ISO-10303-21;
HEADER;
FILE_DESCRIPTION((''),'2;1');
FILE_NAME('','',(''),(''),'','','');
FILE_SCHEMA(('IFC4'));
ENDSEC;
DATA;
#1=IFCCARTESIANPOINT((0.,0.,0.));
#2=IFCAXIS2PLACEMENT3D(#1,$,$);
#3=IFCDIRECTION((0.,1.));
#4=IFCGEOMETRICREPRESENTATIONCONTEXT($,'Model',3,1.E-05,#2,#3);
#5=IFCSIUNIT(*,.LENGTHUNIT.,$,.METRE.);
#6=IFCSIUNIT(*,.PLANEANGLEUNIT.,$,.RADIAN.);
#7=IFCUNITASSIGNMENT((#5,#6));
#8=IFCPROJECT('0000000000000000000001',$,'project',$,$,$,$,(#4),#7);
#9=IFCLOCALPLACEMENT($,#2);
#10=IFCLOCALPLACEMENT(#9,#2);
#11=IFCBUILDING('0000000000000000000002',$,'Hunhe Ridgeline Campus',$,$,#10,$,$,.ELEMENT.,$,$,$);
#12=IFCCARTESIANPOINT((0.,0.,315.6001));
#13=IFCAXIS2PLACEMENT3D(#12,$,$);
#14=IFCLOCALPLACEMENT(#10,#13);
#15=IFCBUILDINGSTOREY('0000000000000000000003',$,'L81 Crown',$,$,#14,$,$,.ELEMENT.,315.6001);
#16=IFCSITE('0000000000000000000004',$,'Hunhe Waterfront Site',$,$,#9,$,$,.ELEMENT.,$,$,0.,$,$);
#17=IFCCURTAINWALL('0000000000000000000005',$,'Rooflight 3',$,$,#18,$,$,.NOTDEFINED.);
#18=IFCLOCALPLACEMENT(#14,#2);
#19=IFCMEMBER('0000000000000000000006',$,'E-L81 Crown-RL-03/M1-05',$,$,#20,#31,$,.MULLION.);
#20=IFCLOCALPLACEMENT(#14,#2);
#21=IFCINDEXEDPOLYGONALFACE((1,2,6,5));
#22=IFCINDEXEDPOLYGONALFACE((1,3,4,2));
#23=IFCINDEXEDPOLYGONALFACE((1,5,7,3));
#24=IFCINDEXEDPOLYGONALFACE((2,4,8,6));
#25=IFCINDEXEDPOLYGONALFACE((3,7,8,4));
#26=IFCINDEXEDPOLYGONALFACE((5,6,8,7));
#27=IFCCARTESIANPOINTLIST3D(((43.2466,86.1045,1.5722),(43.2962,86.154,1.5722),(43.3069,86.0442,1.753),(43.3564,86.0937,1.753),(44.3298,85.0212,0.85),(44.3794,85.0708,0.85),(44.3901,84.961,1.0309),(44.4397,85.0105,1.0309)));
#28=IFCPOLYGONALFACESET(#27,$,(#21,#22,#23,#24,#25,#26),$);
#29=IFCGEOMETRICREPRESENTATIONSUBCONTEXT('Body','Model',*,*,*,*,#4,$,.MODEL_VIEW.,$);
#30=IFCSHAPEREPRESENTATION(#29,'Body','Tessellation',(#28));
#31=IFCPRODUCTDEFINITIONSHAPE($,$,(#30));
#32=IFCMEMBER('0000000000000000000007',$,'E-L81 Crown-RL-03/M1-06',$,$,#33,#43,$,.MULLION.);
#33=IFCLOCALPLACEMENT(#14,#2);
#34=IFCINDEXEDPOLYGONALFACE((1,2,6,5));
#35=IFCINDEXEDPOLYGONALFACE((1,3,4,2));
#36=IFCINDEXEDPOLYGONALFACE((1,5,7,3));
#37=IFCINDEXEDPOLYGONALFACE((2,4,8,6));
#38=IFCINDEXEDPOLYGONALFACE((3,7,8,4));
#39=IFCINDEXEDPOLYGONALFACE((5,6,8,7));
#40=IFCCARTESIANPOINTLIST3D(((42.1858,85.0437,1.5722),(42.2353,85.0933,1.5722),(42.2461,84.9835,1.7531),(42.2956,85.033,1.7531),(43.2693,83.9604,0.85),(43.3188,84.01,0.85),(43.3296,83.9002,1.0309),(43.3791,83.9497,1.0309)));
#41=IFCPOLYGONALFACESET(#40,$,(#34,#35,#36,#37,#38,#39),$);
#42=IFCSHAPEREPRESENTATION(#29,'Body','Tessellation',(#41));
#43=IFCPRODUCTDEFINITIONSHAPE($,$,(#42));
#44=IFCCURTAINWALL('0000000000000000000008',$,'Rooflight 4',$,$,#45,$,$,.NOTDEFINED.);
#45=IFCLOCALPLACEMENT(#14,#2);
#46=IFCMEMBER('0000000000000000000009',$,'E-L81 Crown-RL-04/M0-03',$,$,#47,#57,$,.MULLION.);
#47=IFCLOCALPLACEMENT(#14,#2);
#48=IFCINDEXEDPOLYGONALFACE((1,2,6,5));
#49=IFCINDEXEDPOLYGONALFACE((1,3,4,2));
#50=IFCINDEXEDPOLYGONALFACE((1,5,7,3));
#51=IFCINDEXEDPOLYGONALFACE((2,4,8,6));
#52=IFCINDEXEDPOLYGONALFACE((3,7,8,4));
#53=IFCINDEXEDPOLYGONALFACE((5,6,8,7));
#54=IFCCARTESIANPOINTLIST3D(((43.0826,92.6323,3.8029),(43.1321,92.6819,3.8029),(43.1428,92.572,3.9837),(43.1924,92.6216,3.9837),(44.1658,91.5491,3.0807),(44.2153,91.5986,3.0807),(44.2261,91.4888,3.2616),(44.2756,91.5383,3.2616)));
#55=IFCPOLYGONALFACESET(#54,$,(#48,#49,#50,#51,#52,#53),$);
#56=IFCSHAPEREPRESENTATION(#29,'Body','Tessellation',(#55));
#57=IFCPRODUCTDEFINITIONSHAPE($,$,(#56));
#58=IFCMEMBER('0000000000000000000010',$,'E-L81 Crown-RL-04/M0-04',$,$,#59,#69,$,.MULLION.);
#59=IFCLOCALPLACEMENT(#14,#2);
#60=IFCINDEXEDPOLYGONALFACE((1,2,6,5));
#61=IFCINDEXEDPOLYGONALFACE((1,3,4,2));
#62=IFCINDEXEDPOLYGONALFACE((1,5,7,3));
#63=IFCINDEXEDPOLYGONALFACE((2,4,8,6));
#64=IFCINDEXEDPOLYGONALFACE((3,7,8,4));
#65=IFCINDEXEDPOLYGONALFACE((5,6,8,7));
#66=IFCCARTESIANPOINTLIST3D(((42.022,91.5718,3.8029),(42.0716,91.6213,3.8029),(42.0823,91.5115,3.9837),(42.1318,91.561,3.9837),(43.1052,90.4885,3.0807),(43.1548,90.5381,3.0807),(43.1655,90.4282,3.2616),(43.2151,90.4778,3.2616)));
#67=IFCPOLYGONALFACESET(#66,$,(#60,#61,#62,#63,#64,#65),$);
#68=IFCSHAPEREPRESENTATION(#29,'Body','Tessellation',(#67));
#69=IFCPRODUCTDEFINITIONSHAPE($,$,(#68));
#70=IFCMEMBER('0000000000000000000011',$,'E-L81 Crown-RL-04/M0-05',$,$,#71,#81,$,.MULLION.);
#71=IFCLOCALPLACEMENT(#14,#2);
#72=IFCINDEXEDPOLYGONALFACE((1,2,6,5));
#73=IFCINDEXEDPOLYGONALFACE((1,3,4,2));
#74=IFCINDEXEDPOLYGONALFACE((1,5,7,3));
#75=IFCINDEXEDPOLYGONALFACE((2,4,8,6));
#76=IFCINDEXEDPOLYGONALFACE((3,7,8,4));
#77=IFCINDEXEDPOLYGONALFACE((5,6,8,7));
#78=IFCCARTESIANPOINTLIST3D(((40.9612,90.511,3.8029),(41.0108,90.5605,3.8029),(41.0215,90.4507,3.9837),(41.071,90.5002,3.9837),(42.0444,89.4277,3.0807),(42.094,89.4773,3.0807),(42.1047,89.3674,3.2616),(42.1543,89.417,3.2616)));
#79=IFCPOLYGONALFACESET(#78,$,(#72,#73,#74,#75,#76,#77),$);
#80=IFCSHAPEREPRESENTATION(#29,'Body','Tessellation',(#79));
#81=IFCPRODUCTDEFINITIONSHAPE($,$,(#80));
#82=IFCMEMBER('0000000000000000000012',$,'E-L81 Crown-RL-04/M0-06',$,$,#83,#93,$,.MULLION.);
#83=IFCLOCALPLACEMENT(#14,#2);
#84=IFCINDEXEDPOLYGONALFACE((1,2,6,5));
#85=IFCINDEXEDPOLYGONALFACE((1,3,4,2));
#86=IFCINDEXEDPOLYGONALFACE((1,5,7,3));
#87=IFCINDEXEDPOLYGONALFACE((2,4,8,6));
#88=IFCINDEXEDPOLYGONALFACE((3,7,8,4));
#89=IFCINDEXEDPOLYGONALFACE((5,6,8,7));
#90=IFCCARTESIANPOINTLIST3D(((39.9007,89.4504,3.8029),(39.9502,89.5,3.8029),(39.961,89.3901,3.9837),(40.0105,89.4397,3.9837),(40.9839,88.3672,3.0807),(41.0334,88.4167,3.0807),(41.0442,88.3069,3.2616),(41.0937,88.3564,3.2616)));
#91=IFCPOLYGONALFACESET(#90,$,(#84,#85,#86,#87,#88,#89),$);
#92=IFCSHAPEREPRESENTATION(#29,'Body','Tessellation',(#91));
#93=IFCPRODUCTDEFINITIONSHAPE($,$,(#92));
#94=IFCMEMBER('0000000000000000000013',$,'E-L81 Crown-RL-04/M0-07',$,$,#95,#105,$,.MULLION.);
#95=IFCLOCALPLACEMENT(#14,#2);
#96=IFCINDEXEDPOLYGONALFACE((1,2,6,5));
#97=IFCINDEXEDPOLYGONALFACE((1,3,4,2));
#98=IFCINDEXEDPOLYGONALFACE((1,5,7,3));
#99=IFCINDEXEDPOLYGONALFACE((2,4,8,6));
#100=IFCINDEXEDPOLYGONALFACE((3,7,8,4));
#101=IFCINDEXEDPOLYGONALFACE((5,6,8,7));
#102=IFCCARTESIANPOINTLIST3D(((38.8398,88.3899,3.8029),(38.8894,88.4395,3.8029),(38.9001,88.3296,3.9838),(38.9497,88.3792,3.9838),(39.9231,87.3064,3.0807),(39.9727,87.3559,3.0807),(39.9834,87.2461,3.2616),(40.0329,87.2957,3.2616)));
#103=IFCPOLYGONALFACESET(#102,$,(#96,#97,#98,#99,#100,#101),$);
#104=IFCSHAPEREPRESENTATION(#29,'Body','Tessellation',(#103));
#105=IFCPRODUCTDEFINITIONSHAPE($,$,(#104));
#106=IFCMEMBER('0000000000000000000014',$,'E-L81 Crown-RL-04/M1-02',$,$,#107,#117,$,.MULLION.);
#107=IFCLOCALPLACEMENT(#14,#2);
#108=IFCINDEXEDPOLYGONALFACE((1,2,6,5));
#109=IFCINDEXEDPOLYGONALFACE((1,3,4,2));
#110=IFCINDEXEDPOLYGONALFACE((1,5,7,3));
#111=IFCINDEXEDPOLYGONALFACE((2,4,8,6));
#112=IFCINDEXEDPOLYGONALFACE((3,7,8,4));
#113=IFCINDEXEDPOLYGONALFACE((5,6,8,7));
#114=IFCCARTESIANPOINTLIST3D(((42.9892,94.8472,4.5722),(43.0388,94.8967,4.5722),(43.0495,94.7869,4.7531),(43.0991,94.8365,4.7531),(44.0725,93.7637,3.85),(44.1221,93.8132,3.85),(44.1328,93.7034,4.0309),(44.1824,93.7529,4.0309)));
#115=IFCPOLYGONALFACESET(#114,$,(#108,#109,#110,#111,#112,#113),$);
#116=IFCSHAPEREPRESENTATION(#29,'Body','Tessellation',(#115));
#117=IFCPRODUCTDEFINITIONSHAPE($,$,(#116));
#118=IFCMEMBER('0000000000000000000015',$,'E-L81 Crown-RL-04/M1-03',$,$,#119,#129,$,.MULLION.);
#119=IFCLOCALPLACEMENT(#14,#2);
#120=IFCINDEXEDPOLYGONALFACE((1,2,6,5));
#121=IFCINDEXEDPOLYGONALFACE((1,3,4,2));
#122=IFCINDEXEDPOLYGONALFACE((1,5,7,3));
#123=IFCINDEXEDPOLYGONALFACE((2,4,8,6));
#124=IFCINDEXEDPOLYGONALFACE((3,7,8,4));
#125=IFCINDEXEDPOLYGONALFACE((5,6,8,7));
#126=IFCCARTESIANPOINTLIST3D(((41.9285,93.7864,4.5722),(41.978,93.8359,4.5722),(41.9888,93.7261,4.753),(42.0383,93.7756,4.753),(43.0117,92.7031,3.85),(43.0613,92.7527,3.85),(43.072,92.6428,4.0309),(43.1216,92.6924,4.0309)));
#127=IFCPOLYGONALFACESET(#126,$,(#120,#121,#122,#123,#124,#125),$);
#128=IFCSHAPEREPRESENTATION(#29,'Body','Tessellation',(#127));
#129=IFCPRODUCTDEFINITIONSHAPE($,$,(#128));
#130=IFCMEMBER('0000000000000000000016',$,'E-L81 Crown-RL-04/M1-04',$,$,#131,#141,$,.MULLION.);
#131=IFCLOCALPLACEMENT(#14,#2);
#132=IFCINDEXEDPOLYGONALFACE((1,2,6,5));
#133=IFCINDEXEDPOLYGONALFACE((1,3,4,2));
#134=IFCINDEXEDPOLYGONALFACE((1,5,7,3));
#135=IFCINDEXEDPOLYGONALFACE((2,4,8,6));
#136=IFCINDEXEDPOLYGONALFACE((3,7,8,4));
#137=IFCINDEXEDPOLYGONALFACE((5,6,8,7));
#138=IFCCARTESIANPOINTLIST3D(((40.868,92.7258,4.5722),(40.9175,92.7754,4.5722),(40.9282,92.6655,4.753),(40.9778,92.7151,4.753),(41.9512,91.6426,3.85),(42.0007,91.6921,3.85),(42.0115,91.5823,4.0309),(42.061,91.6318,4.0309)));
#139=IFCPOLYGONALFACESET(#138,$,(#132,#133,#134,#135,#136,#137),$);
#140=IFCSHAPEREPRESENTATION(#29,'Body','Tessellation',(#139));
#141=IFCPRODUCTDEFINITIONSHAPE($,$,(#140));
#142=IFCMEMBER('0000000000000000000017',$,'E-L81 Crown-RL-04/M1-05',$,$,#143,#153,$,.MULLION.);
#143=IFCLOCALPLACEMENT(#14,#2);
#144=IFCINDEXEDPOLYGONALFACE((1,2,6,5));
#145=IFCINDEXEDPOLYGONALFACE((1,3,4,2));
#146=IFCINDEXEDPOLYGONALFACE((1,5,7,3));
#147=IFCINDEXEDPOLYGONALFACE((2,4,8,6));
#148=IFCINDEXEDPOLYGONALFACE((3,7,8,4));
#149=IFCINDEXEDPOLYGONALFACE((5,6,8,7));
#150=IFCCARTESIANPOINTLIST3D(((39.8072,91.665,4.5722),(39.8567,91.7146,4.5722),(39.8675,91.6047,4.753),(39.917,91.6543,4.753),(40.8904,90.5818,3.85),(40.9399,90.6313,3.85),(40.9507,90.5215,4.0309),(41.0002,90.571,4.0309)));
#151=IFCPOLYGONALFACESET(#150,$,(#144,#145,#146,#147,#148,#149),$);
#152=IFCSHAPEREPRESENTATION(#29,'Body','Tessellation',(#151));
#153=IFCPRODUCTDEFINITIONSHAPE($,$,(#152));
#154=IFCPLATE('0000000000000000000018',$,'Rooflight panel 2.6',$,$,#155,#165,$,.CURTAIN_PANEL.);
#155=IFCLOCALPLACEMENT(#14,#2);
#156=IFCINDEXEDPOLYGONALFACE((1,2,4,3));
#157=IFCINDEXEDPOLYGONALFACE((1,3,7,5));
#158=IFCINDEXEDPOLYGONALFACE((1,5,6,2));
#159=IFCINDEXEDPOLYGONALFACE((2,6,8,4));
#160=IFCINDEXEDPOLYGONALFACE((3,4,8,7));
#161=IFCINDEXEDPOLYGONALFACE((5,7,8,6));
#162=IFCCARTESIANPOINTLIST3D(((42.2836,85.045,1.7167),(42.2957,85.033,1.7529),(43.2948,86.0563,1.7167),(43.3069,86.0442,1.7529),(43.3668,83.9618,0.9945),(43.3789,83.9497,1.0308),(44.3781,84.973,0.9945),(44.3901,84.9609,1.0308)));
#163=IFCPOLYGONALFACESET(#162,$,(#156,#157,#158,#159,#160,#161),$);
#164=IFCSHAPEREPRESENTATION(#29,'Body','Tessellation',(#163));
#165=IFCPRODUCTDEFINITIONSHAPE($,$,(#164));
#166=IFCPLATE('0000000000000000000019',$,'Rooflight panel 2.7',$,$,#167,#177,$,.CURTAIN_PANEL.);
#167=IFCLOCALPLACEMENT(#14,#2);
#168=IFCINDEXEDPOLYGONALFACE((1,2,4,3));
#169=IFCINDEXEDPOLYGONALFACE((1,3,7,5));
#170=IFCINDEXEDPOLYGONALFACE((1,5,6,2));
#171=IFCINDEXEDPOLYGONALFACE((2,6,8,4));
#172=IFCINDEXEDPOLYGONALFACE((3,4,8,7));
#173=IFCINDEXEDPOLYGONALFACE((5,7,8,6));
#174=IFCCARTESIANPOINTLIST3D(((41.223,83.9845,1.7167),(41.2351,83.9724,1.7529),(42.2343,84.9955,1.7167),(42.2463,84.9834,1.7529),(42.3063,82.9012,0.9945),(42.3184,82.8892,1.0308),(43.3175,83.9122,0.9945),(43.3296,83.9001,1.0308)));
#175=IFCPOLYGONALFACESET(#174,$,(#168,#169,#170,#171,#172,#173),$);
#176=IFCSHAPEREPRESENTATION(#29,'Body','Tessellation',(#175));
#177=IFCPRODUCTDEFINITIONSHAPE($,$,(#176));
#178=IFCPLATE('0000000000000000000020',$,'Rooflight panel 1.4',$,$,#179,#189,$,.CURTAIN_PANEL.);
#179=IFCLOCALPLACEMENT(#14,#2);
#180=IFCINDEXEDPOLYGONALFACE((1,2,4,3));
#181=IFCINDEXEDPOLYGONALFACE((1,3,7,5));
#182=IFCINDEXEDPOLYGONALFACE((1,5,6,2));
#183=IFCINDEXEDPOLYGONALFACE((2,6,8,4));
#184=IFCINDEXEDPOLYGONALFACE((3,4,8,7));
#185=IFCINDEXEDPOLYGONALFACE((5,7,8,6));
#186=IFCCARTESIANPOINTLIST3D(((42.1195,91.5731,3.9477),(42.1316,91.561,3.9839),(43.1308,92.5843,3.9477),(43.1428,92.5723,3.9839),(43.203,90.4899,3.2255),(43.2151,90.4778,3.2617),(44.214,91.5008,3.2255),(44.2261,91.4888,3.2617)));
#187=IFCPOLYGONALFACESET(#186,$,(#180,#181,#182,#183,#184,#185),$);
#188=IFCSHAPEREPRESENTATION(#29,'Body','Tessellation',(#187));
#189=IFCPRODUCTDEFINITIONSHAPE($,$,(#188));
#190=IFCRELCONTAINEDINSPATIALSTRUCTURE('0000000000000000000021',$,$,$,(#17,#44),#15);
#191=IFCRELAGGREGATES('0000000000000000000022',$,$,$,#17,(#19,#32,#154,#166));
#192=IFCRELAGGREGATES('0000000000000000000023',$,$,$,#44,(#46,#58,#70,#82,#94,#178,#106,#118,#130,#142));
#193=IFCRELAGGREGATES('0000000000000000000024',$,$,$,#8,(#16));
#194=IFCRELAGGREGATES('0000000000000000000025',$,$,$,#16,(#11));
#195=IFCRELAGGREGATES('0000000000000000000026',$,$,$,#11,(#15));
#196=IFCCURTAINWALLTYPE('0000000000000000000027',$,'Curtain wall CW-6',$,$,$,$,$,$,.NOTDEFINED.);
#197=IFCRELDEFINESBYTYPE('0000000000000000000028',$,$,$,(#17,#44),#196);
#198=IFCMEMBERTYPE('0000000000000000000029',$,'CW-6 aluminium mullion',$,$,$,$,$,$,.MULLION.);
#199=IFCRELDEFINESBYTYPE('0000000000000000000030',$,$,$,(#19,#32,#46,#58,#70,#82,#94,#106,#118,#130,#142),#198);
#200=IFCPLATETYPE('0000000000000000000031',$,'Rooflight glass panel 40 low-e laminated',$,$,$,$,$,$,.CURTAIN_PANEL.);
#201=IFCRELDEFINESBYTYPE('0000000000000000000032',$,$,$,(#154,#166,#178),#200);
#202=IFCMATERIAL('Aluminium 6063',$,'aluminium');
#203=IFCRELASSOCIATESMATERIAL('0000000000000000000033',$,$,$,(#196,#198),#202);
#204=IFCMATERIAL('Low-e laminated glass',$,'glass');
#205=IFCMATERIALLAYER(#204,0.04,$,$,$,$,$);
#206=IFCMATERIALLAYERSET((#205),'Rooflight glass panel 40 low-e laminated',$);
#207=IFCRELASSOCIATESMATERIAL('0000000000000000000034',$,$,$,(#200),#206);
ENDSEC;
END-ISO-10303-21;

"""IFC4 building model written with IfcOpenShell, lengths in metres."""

from ifc_helpers import new_model, si_unit, direction, frame, origin, origin_2d, place, context, subcontext, project, spatial, polyline, rectangle, outline, extrude, material, layer, layer_set, material_profile, profile_set, type_object, element, aggregate, save


model = new_model("IFC4")

# Units and contexts
model_context = context("Model", 3, precision=1e-05, world=origin(), true_north=direction((0.0, 1.0)))
body_context = subcontext(model_context, "Body", "Model", "MODEL_VIEW")
ifc_project = project(units=[si_unit("LENGTHUNIT", "METRE"), si_unit("PLANEANGLEUNIT", "RADIAN")], contexts=[model_context])

# Site, building, storey
site_placement = place(None, origin())
site = spatial("IfcSite", under=ifc_project, at=site_placement, Name="Hunhe Waterfront Site", CompositionType="ELEMENT", RefElevation=0.0)
building_placement = place(site_placement, origin())
building = spatial("IfcBuilding", under=site, at=building_placement, Name="Hunhe Ridgeline Campus", CompositionType="ELEMENT")
storey_placement = place(building_placement, frame((0.0, 0.0, 315.6001)))
storey = spatial("IfcBuildingStorey", under=building, at=storey_placement, Name="L81 Crown", CompositionType="ELEMENT", Elevation=315.6001)

# Curtain walls, members
ifc_material_1 = material(Name="Aluminium 6063", Category="aluminium")
curtain_wall_type = type_object("IfcCurtainWallType", Name="Curtain wall CW-6", PredefinedType="NOTDEFINED", material=ifc_material_1)
curtain_wall_1_placement = place(storey_placement, origin())
curtain_wall_1 = element("IfcCurtainWall", 1, at=curtain_wall_1_placement, inside=storey, type_object=curtain_wall_type, Name="Rooflight 3", PredefinedType="NOTDEFINED")
ifc_material_profile = material_profile(ifc_material_1, rectangle(XDim=0.0701, YDim=0.2, at=origin_2d()))
ifc_profile_set = profile_set([ifc_material_profile], Name="Aluminium 6063")
member_type = type_object("IfcMemberType", Name="CW-6 aluminium mullion", PredefinedType="MULLION", material=ifc_profile_set)
member_1_placement = place(storey_placement, frame((44.3848, 85.0159, 0.9404), z_axis=(-0.639602, 0.639602, 0.426401), x_axis=(-0.707107, -0.707107, 0.0)))
member_1 = element("IfcMember", 2, at=member_1_placement, type_object=member_type, Name="E-L81 Crown-RL-03/M1-05", PredefinedType="MULLION", context=body_context, shape_type="SweptSolid", body=[
    extrude(rectangle(XDim=0.0701, YDim=0.2, at=origin_2d()), origin(), (0.0, 0.0, 1.0), 1.6936),
])
member_2_placement = place(storey_placement, frame((43.3242, 83.9551, 0.9404), z_axis=(-0.639687, 0.639543, 0.426362), x_axis=(-0.707027, -0.707186, 0.0)))
member_2 = element("IfcMember", 3, at=member_2_placement, type_object=member_type, Name="E-L81 Crown-RL-03/M1-06", PredefinedType="MULLION", context=body_context, shape_type="SweptSolid", body=[
    extrude(rectangle(XDim=0.0701, YDim=0.2, at=origin_2d()), origin(), (0.0, 0.0, 1.0), 1.6938),
])
curtain_wall_2_placement = place(storey_placement, origin())
curtain_wall_2 = element("IfcCurtainWall", 4, at=curtain_wall_2_placement, inside=storey, type_object=curtain_wall_type, Name="Rooflight 4", PredefinedType="NOTDEFINED")
member_3_placement = place(storey_placement, frame((44.2207, 91.5437, 3.1711), z_axis=(-0.639602, 0.639602, 0.426401), x_axis=(-0.707107, -0.707107, 0.0)))
member_3 = element("IfcMember", 5, at=member_3_placement, type_object=member_type, Name="E-L81 Crown-RL-04/M0-03", PredefinedType="MULLION", context=body_context, shape_type="SweptSolid", body=[
    extrude(rectangle(XDim=0.0701, YDim=0.2, at=origin_2d()), origin(), (0.0, 0.0, 1.0), 1.6936),
])
member_4_placement = place(storey_placement, frame((43.1602, 90.4832, 3.1711), z_axis=(-0.639602, 0.639602, 0.426401), x_axis=(-0.707107, -0.707107, 0.0)))
member_4 = element("IfcMember", 6, at=member_4_placement, type_object=member_type, Name="E-L81 Crown-RL-04/M0-04", PredefinedType="MULLION", context=body_context, shape_type="SweptSolid", body=[
    extrude(rectangle(XDim=0.0701, YDim=0.2, at=origin_2d()), origin(), (0.0, 0.0, 1.0), 1.6936),
])
member_5_placement = place(storey_placement, frame((42.0994, 89.4224, 3.1711), z_axis=(-0.639602, 0.639602, 0.426401), x_axis=(-0.707107, -0.707107, 0.0)))
member_5 = element("IfcMember", 7, at=member_5_placement, type_object=member_type, Name="E-L81 Crown-RL-04/M0-05", PredefinedType="MULLION", context=body_context, shape_type="SweptSolid", body=[
    extrude(rectangle(XDim=0.0701, YDim=0.2, at=origin_2d()), origin(), (0.0, 0.0, 1.0), 1.6936),
])
member_6_placement = place(storey_placement, frame((41.0388, 88.3618, 3.1711), z_axis=(-0.639602, 0.639602, 0.426401), x_axis=(-0.707107, -0.707107, 0.0)))
member_6 = element("IfcMember", 8, at=member_6_placement, type_object=member_type, Name="E-L81 Crown-RL-04/M0-06", PredefinedType="MULLION", context=body_context, shape_type="SweptSolid", body=[
    extrude(rectangle(XDim=0.0701, YDim=0.2, at=origin_2d()), origin(), (0.0, 0.0, 1.0), 1.6936),
])
member_7_placement = place(storey_placement, frame((39.978, 87.301, 3.1711), z_axis=(-0.639543, 0.639687, 0.426362), x_axis=(-0.707186, -0.707027, 0.0)))
member_7 = element("IfcMember", 9, at=member_7_placement, type_object=member_type, Name="E-L81 Crown-RL-04/M0-07", PredefinedType="MULLION", context=body_context, shape_type="SweptSolid", body=[
    extrude(rectangle(XDim=0.0701, YDim=0.2, at=origin_2d()), origin(), (0.0, 0.0, 1.0), 1.6938),
])
member_8_placement = place(storey_placement, frame((44.1274, 93.7583, 3.9404), z_axis=(-0.639543, 0.639687, 0.426362), x_axis=(-0.707186, -0.707027, 0.0)))
member_8 = element("IfcMember", 10, at=member_8_placement, type_object=member_type, Name="E-L81 Crown-RL-04/M1-02", PredefinedType="MULLION", context=body_context, shape_type="SweptSolid", body=[
    extrude(rectangle(XDim=0.0701, YDim=0.2, at=origin_2d()), origin(), (0.0, 0.0, 1.0), 1.6938),
])
member_9_placement = place(storey_placement, frame((43.0667, 92.6978, 3.9404), z_axis=(-0.639602, 0.639602, 0.426401), x_axis=(-0.707107, -0.707107, 0.0)))
member_9 = element("IfcMember", 11, at=member_9_placement, type_object=member_type, Name="E-L81 Crown-RL-04/M1-03", PredefinedType="MULLION", context=body_context, shape_type="SweptSolid", body=[
    extrude(rectangle(XDim=0.0701, YDim=0.2, at=origin_2d()), origin(), (0.0, 0.0, 1.0), 1.6936),
])
member_10_placement = place(storey_placement, frame((42.0061, 91.6372, 3.9404), z_axis=(-0.639602, 0.639602, 0.426401), x_axis=(-0.707107, -0.707107, 0.0)))
member_10 = element("IfcMember", 12, at=member_10_placement, type_object=member_type, Name="E-L81 Crown-RL-04/M1-04", PredefinedType="MULLION", context=body_context, shape_type="SweptSolid", body=[
    extrude(rectangle(XDim=0.0701, YDim=0.2, at=origin_2d()), origin(), (0.0, 0.0, 1.0), 1.6936),
])
member_11_placement = place(storey_placement, frame((40.9453, 90.5764, 3.9404), z_axis=(-0.639602, 0.639602, 0.426401), x_axis=(-0.707107, -0.707107, 0.0)))
member_11 = element("IfcMember", 13, at=member_11_placement, type_object=member_type, Name="E-L81 Crown-RL-04/M1-05", PredefinedType="MULLION", context=body_context, shape_type="SweptSolid", body=[
    extrude(rectangle(XDim=0.0701, YDim=0.2, at=origin_2d()), origin(), (0.0, 0.0, 1.0), 1.6936),
])

# Plates
ifc_material_2 = material(Name="Low-e laminated glass", Category="glass")
ifc_layer = layer(ifc_material_2, 0.04)
ifc_layer_set = layer_set([ifc_layer], Name="Rooflight glass panel 40 low-e laminated")
plate_type = type_object("IfcPlateType", Name="Rooflight glass panel 40 low-e laminated", PredefinedType="CURTAIN_PANEL", material=ifc_layer_set)
plate_1_placement = place(storey_placement, frame((44.3901, 84.9609, 1.0308), z_axis=(0.301511, -0.301511, 0.904534), x_axis=(-0.639602, 0.639602, 0.426401)))
plate_1 = element("IfcPlate", 14, at=plate_1_placement, type_object=plate_type, Name="Rooflight panel 2.6", PredefinedType="CURTAIN_PANEL", context=body_context, shape_type="SweptSolid", body=[
    extrude(outline(polyline([(0.0, 0.0), (1.6936, 0.0), (1.6936, 1.4301), (0.0, 1.4301), (0.0, 0.0)])), origin(), (0.0, 0.0, -1.0), 0.04),
])
plate_2_placement = place(storey_placement, frame((43.3296, 83.9001, 1.0308), z_axis=(0.301475, -0.301548, 0.904534), x_axis=(-0.639602, 0.639602, 0.426401)))
plate_2 = element("IfcPlate", 15, at=plate_2_placement, type_object=plate_type, Name="Rooflight panel 2.7", PredefinedType="CURTAIN_PANEL", context=body_context, shape_type="SweptSolid", body=[
    extrude(outline(polyline([(0.0, 0.0), (1.6936, 0.0), (1.6938, 1.4299), (0.0002, 1.4299), (0.0, 0.0)])), origin(), (0.0, 0.0, -1.0), 0.04),
])
aggregate(curtain_wall_1, [member_1, member_2, plate_1, plate_2])
plate_3_placement = place(storey_placement, frame((44.2261, 91.4888, 3.2617), z_axis=(0.301484, -0.301484, 0.904553), x_axis=(-0.639543, 0.639687, 0.426362)))
plate_3 = element("IfcPlate", 16, at=plate_3_placement, type_object=plate_type, Name="Rooflight panel 1.4", PredefinedType="CURTAIN_PANEL", context=body_context, shape_type="SweptSolid", body=[
    extrude(outline(polyline([(0.0, 0.0), (1.6938, 0.0), (1.6936, 1.4301), (-0.0001, 1.4298), (0.0, 0.0)])), origin(), (0.0, 0.0, -1.0), 0.04),
])
aggregate(curtain_wall_2, [member_3, member_4, member_5, member_6, member_7, plate_3, member_8, member_9, member_10, member_11])

save(model, "model.ifc")
